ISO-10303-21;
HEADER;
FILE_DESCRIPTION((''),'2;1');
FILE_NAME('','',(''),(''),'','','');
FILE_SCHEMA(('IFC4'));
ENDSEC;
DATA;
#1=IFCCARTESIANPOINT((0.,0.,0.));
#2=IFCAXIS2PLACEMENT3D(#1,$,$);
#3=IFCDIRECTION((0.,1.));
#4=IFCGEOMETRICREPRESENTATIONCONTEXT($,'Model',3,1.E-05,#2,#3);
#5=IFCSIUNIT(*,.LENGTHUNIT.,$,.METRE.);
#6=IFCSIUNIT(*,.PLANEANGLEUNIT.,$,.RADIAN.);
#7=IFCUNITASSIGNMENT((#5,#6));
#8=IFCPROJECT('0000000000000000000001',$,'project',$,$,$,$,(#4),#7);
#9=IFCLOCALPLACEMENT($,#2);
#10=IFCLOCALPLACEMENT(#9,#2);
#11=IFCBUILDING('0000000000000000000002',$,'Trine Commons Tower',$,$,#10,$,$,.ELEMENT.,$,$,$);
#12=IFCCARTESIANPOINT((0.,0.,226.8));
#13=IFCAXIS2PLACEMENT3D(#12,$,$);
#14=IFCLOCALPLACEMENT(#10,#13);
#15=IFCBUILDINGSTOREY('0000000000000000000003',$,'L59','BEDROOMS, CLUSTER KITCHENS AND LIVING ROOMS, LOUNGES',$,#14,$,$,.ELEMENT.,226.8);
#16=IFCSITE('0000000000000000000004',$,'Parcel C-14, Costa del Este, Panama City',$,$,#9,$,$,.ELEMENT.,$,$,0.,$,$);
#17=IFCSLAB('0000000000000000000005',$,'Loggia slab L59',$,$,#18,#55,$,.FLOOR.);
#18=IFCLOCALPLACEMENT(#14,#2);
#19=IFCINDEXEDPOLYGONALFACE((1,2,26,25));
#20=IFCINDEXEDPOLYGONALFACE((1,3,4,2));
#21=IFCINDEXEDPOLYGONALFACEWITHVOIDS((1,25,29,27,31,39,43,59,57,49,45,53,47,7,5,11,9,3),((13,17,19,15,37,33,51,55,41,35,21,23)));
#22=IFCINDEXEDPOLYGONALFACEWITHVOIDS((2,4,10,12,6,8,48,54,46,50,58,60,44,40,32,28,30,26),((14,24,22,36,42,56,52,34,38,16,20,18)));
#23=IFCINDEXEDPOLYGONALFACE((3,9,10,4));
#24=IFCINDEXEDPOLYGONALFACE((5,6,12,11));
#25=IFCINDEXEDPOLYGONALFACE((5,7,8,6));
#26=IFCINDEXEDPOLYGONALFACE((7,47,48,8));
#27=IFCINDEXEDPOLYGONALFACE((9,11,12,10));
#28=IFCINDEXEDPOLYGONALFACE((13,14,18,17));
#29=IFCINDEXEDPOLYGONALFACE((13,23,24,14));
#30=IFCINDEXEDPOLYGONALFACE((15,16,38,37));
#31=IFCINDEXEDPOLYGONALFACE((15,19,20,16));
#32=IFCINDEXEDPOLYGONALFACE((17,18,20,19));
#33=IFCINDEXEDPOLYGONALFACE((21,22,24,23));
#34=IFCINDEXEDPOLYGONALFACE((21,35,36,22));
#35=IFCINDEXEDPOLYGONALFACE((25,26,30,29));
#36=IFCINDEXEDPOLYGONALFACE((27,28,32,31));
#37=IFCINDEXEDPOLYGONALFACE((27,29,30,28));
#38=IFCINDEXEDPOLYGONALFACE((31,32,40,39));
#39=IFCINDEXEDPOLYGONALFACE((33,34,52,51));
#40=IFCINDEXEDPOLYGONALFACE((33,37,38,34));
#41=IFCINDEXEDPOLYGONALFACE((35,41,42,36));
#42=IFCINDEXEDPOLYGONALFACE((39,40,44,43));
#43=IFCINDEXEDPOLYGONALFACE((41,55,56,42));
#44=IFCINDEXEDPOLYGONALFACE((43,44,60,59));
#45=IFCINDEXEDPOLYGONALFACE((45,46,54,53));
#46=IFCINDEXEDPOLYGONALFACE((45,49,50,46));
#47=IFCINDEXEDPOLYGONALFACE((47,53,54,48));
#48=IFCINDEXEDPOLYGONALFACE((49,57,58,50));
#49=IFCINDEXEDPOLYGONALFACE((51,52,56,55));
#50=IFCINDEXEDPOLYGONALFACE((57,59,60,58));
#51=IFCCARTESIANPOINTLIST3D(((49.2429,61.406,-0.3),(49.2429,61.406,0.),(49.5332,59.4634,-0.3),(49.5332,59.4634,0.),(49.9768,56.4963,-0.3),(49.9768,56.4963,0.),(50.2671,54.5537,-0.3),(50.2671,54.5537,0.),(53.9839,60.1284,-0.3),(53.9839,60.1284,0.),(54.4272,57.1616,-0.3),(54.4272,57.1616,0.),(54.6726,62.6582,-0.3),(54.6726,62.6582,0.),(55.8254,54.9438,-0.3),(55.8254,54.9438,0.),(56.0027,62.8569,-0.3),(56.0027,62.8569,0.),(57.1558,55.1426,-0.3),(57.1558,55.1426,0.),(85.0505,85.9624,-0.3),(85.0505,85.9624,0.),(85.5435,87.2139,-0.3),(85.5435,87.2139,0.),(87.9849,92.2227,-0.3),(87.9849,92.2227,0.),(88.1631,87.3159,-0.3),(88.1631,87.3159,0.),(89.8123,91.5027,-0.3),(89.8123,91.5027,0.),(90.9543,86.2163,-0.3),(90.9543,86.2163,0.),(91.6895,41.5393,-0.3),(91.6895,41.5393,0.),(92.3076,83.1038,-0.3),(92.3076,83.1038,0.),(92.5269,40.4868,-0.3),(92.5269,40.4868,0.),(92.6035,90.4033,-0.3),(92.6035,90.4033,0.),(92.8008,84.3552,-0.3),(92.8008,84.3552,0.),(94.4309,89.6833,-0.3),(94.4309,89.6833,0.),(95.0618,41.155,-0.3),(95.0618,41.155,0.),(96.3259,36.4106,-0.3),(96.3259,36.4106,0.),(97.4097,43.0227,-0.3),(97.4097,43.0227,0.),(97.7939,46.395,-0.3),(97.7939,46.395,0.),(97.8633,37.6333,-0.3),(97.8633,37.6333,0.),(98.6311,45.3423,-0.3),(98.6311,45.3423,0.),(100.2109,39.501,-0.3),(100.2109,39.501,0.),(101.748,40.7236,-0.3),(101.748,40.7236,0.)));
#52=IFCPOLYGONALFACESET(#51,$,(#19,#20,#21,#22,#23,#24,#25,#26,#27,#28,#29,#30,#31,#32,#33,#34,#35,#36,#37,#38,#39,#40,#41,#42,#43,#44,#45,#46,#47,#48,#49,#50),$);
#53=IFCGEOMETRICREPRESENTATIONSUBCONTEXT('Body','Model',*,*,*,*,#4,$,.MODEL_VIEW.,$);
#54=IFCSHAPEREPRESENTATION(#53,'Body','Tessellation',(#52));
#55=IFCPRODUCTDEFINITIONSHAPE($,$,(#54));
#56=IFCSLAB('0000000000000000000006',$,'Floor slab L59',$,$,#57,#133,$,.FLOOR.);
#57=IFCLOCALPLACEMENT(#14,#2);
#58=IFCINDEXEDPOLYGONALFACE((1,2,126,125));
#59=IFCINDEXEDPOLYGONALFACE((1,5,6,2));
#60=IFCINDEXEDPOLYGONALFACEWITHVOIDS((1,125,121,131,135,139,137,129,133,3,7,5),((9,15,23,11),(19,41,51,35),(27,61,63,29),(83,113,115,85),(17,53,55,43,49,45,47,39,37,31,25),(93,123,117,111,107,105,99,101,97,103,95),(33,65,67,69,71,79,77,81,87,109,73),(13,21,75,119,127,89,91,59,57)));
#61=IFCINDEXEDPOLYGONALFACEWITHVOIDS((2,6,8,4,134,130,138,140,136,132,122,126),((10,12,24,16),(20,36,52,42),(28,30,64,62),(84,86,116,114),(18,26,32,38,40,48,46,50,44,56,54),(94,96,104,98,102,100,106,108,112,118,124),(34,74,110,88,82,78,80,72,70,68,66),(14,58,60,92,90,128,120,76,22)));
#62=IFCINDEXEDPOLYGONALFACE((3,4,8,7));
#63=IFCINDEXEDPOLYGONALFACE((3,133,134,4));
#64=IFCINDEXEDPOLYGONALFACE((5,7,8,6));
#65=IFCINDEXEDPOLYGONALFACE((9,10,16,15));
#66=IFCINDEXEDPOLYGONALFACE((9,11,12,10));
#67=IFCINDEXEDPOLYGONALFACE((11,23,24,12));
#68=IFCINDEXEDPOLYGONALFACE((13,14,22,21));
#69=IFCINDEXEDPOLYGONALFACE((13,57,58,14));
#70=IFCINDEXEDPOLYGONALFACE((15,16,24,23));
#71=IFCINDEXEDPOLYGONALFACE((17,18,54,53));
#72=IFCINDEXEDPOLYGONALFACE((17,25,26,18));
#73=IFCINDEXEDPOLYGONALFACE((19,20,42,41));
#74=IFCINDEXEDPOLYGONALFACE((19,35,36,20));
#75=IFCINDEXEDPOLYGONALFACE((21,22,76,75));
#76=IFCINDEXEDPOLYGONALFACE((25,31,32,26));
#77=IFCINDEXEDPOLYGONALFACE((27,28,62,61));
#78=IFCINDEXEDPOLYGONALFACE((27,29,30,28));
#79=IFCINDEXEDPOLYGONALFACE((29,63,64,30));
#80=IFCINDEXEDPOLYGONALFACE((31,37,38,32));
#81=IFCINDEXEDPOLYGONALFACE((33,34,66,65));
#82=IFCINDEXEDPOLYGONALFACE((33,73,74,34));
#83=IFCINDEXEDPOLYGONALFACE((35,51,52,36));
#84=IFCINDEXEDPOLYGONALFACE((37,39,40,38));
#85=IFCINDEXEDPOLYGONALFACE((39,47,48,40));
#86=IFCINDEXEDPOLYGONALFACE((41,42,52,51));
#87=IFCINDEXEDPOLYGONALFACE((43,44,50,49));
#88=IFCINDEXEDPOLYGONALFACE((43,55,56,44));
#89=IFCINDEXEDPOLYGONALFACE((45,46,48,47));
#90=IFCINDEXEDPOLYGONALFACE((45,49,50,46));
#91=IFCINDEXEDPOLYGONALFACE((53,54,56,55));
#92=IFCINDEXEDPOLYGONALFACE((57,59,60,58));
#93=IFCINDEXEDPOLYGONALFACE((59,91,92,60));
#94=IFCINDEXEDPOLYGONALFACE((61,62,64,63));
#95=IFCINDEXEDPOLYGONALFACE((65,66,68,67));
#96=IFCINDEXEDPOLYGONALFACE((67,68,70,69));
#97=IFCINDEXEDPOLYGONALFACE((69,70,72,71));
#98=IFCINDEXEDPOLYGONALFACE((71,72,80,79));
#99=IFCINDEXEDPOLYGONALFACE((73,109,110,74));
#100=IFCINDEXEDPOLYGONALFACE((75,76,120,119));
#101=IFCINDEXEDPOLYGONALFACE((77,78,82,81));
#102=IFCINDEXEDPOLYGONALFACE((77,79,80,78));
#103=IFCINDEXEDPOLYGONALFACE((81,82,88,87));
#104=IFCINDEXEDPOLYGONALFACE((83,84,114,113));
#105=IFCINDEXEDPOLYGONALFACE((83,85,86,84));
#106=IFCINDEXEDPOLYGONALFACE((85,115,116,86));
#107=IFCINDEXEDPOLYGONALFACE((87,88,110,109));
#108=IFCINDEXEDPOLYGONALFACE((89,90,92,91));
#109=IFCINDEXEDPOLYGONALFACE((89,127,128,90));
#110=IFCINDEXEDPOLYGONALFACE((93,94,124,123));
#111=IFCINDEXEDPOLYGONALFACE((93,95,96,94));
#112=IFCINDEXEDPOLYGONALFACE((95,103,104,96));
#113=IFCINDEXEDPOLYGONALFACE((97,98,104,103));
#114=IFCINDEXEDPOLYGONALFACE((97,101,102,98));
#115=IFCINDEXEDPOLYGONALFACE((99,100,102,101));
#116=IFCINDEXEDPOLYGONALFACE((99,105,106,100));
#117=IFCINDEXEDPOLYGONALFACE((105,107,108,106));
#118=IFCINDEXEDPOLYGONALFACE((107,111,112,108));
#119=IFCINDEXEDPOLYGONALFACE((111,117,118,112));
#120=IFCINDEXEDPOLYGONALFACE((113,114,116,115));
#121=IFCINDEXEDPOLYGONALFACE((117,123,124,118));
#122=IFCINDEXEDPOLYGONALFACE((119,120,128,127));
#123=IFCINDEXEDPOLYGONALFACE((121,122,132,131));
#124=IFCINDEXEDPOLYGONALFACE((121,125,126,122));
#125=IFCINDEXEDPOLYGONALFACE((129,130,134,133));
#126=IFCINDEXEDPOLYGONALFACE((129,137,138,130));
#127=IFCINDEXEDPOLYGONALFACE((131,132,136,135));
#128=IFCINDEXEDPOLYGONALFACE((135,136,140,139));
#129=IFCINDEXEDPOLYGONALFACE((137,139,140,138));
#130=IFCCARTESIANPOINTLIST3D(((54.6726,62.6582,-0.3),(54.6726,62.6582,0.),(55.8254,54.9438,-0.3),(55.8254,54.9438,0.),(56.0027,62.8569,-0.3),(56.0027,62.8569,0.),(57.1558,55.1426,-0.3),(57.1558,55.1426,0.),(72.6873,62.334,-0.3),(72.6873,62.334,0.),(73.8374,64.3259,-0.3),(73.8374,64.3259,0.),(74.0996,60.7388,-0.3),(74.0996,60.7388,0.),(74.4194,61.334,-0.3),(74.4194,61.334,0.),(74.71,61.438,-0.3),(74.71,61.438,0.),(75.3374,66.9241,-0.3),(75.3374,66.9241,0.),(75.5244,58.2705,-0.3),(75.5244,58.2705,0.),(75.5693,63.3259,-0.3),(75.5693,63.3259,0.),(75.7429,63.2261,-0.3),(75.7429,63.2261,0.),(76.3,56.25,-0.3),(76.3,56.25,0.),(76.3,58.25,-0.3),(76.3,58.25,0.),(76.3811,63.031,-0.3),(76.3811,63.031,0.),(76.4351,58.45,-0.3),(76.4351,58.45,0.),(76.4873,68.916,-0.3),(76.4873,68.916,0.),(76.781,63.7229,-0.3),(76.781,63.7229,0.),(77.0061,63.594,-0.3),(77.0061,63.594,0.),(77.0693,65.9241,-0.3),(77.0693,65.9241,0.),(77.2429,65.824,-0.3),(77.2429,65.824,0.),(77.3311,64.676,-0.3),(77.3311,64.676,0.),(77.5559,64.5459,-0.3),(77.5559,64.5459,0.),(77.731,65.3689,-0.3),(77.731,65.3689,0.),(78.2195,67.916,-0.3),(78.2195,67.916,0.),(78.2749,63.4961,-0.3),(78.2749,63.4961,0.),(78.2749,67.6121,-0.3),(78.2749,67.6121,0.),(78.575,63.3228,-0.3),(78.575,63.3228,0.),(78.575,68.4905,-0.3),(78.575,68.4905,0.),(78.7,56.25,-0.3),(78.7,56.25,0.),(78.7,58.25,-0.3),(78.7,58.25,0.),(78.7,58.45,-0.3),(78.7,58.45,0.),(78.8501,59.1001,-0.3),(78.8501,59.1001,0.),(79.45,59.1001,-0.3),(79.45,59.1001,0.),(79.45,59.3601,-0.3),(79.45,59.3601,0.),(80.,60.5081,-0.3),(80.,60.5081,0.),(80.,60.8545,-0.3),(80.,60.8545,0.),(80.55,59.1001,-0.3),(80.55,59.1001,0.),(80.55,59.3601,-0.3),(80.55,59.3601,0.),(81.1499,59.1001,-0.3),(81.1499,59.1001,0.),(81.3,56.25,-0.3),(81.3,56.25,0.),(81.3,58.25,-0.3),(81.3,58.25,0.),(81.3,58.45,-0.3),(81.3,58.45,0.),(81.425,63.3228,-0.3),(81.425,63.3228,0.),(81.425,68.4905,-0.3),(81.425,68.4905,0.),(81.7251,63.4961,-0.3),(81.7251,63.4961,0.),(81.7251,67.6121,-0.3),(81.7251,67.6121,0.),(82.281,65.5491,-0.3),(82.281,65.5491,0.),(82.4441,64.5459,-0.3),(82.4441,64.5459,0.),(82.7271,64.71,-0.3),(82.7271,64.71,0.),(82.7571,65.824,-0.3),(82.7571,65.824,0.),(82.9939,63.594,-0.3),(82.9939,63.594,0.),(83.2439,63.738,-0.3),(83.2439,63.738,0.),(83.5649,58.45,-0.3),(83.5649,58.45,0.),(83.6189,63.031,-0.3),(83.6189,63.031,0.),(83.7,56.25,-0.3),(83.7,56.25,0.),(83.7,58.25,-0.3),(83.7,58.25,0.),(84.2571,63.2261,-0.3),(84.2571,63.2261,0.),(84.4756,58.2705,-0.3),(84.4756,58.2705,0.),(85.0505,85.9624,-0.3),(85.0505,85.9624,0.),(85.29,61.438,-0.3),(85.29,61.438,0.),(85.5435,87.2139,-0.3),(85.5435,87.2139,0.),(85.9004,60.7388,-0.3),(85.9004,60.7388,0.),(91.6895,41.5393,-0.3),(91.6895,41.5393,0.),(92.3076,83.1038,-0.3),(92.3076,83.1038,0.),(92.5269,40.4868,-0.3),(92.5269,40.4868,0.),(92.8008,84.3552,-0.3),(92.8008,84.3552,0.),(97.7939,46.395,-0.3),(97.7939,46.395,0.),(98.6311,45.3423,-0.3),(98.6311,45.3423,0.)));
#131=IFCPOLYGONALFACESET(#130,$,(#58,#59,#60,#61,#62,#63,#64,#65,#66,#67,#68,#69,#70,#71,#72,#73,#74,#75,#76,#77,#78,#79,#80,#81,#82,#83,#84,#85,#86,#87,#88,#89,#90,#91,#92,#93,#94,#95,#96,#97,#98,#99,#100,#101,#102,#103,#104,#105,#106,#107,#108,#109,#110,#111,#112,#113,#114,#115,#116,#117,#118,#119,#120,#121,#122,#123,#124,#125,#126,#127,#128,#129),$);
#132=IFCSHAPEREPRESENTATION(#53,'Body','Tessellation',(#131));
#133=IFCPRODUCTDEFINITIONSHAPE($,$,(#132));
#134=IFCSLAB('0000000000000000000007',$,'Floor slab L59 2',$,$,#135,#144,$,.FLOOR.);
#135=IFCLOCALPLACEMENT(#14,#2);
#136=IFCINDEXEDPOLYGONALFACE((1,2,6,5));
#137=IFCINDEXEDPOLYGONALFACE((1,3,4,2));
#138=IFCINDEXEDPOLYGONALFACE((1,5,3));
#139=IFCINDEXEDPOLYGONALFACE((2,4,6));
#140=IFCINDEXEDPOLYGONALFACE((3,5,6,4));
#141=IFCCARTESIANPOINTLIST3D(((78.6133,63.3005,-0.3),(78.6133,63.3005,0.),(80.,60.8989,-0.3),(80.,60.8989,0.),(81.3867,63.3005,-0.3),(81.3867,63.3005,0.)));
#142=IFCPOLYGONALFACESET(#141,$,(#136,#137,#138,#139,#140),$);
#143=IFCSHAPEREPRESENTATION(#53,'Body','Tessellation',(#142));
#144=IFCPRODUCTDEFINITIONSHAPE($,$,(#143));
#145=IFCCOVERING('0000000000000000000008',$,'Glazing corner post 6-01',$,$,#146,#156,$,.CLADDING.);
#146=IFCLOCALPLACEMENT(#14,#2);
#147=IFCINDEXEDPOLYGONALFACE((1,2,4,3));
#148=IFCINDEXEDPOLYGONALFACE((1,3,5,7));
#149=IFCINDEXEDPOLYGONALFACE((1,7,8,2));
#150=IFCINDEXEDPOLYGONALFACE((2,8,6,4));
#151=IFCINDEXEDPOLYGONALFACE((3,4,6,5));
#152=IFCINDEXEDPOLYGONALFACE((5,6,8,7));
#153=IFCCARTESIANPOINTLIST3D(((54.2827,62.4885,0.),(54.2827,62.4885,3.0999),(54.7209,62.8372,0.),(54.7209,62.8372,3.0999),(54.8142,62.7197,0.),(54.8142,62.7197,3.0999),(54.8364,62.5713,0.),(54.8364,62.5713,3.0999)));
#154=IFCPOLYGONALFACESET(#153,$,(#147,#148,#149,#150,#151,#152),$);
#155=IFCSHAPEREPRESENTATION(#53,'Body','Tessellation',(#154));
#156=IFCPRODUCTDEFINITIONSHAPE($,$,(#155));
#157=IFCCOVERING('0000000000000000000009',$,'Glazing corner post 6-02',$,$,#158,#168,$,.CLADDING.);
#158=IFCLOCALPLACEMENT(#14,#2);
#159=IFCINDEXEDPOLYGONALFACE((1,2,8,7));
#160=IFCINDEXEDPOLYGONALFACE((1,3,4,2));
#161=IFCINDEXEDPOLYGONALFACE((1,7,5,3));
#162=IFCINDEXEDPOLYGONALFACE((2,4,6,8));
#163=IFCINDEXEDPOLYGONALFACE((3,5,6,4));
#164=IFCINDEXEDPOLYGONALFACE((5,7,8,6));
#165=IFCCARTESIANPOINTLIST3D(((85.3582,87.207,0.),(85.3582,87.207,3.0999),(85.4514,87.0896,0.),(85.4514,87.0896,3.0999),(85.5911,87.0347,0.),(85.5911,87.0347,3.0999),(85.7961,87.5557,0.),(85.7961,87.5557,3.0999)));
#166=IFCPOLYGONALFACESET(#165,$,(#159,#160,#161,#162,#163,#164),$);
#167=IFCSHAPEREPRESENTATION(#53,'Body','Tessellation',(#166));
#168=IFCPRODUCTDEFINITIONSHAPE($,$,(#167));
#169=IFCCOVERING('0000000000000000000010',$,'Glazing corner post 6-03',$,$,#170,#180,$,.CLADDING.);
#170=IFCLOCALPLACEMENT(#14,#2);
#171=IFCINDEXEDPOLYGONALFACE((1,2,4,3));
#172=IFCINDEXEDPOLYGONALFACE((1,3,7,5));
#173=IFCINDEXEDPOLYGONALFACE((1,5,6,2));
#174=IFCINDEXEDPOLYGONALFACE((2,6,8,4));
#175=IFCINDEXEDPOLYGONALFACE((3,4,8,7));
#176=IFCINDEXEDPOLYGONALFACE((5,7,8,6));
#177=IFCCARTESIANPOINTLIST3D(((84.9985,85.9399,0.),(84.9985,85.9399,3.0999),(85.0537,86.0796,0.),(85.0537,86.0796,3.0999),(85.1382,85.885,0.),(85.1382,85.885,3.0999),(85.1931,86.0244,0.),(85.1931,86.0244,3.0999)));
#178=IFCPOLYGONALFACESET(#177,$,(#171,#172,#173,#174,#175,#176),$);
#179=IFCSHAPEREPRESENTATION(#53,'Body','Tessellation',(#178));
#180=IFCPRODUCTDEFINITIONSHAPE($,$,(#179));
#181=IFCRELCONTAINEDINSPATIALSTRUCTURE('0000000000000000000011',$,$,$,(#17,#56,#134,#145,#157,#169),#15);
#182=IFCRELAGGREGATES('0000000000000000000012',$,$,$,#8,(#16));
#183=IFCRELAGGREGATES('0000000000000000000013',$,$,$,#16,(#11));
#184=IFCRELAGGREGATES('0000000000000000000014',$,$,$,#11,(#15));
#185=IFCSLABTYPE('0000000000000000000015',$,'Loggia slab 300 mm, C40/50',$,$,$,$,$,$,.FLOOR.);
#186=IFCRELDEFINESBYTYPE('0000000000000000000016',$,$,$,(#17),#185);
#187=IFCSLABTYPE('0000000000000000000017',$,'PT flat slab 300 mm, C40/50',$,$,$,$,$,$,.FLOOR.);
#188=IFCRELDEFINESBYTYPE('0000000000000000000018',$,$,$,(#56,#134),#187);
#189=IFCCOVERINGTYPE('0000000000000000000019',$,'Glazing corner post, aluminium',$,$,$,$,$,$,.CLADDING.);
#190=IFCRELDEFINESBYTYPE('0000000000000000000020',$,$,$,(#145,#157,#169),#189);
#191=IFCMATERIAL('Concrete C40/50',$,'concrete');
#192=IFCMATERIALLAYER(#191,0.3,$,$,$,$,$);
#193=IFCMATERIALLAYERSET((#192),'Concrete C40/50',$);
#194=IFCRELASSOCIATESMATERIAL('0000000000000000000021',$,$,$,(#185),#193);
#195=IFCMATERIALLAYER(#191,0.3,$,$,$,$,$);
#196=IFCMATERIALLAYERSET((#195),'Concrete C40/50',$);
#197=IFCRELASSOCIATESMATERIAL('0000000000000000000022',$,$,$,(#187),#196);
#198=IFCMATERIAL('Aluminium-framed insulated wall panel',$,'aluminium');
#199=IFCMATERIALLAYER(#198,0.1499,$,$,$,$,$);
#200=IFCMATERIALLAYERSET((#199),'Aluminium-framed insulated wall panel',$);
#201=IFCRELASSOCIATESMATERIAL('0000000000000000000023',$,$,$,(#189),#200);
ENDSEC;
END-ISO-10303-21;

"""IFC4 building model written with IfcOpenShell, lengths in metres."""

from ifc_helpers import new_model, si_unit, direction, frame, origin, place, context, subcontext, project, spatial, polyline, outline, extrude, material, layer, layer_set, type_object, element, save


model = new_model("IFC4")

# Units and contexts
model_context = context("Model", 3, precision=1e-05, world=origin(), true_north=direction((0.0, 1.0)))
body_context = subcontext(model_context, "Body", "Model", "MODEL_VIEW")
ifc_project = project(units=[si_unit("LENGTHUNIT", "METRE"), si_unit("PLANEANGLEUNIT", "RADIAN")], contexts=[model_context])

# Site, building, storey
site_placement = place(None, origin())
site = spatial("IfcSite", under=ifc_project, at=site_placement, Name="Parcel C-14, Costa del Este, Panama City", CompositionType="ELEMENT", RefElevation=0.0)
building_placement = place(site_placement, origin())
building = spatial("IfcBuilding", under=site, at=building_placement, Name="Trine Commons Tower", CompositionType="ELEMENT")
storey_placement = place(building_placement, frame((0.0, 0.0, 226.8)))
storey = spatial("IfcBuildingStorey", under=building, at=storey_placement, Name="L59", Description="BEDROOMS, CLUSTER KITCHENS AND LIVING ROOMS, LOUNGES", CompositionType="ELEMENT", Elevation=226.8)

# Slabs
ifc_material_1 = material(Name="Concrete C40/50", Category="concrete")
ifc_layer_1 = layer(ifc_material_1, 0.3)
ifc_layer_set_1 = layer_set([ifc_layer_1], Name="Concrete C40/50")
slab_type_1 = type_object("IfcSlabType", Name="Loggia slab 300 mm, C40/50", PredefinedType="FLOOR", material=ifc_layer_set_1)
slab_1_placement = place(storey_placement, frame((0.0, 0.0, -0.3)))
element("IfcSlab", 1, at=slab_1_placement, inside=storey, type_object=slab_type_1, Name="Loggia slab L59", PredefinedType="FLOOR", context=body_context, shape_type="SweptSolid", body=[
    extrude(outline(polyline([(101.748, 40.7236), (94.4309, 89.6833), (92.6035, 90.4033), (90.9543, 86.2163), (88.1631, 87.3159), (89.8123, 91.5027), (87.9849, 92.2227), (49.2429, 61.406), (49.5332, 59.4634), (53.9839, 60.1284), (54.4272, 57.1616), (49.9768, 56.4963), (50.2671, 54.5537), (96.3259, 36.4106), (97.8633, 37.6333), (95.0618, 41.155), (97.4097, 43.0227), (100.2109, 39.501), (101.748, 40.7236)]), holes=[polyline([(56.0027, 62.8569), (57.1558, 55.1426), (55.8254, 54.9438), (92.5269, 40.4868), (91.6895, 41.5393), (97.7939, 46.395), (98.6311, 45.3423), (92.8008, 84.3552), (92.3076, 83.1038), (85.0505, 85.9624), (85.5435, 87.2139), (54.6726, 62.6582), (56.0027, 62.8569)])]), origin(), (0.0, 0.0, 1.0), 0.3),
])
ifc_layer_2 = layer(ifc_material_1, 0.3)
ifc_layer_set_2 = layer_set([ifc_layer_2], Name="Concrete C40/50")
slab_type_2 = type_object("IfcSlabType", Name="PT flat slab 300 mm, C40/50", PredefinedType="FLOOR", material=ifc_layer_set_2)
slab_2_placement = place(storey_placement, frame((0.0, 0.0, -0.3)))
element("IfcSlab", 2, at=slab_2_placement, inside=storey, type_object=slab_type_2, Name="Floor slab L59", PredefinedType="FLOOR", context=body_context, shape_type="SweptSolid", body=[
    extrude(outline(polyline([(54.6726, 62.6582), (56.0027, 62.8569), (57.1558, 55.1426), (55.8254, 54.9438), (92.5269, 40.4868), (91.6895, 41.5393), (97.7939, 46.395), (98.6311, 45.3423), (92.8008, 84.3552), (92.3076, 83.1038), (85.0505, 85.9624), (85.5435, 87.2139), (54.6726, 62.6582)]), holes=[polyline([(78.7, 56.25), (78.7, 58.25), (76.3, 58.25), (76.3, 56.25), (78.7, 56.25)]), polyline([(83.7, 56.25), (83.7, 58.25), (81.3, 58.25), (81.3, 56.25), (83.7, 56.25)]), polyline([(81.3, 58.45), (83.5649, 58.45), (80.0, 60.5081), (76.4351, 58.45), (78.7, 58.45), (78.8501, 59.1001), (79.45, 59.1001), (79.45, 59.3601), (80.55, 59.3601), (80.55, 59.1001), (81.1499, 59.1001), (81.3, 58.45)]), polyline([(81.425, 63.3228), (81.425, 68.4905), (78.575, 68.4905), (78.575, 63.3228), (74.0996, 60.7388), (75.5244, 58.2705), (80.0, 60.8545), (84.4756, 58.2705), (85.9004, 60.7388), (81.425, 63.3228)]), polyline([(72.6873, 62.334), (74.4194, 61.334), (75.5693, 63.3259), (73.8374, 64.3259), (72.6873, 62.334)]), polyline([(76.3811, 63.031), (75.7429, 63.2261), (74.71, 61.438), (78.2749, 63.4961), (78.2749, 67.6121), (77.2429, 65.824), (77.731, 65.3689), (77.3311, 64.676), (77.5559, 64.5459), (77.0061, 63.594), (76.781, 63.7229), (76.3811, 63.031)]), polyline([(82.9939, 63.594), (82.4441, 64.5459), (82.7271, 64.71), (82.281, 65.5491), (82.7571, 65.824), (81.7251, 67.6121), (81.7251, 63.4961), (85.29, 61.438), (84.2571, 63.2261), (83.6189, 63.031), (83.2439, 63.738), (82.9939, 63.594)]), polyline([(76.4873, 68.916), (75.3374, 66.9241), (77.0693, 65.9241), (78.2195, 67.916), (76.4873, 68.916)])]), origin(), (0.0, 0.0, 1.0), 0.3),
])
slab_3_placement = place(storey_placement, frame((0.0, 0.0, -0.3)))
element("IfcSlab", 3, at=slab_3_placement, inside=storey, type_object=slab_type_2, Name="Floor slab L59 2", PredefinedType="FLOOR", context=body_context, shape_type="SweptSolid", body=[
    extrude(outline(polyline([(81.3867, 63.3005), (78.6133, 63.3005), (80.0, 60.8989), (81.3867, 63.3005)])), origin(), (0.0, 0.0, 1.0), 0.3),
])

# Coverings
ifc_material_2 = material(Name="Aluminium-framed insulated wall panel", Category="aluminium")
ifc_layer_3 = layer(ifc_material_2, 0.1499)
ifc_layer_set_3 = layer_set([ifc_layer_3], Name="Aluminium-framed insulated wall panel")
covering_type_1 = type_object("IfcCoveringType", Name="Glazing corner post, aluminium", PredefinedType="CLADDING", material=ifc_layer_set_3)
covering_1_placement = place(storey_placement, origin())
element("IfcCovering", 4, at=covering_1_placement, inside=storey, type_object=covering_type_1, Name="Glazing corner post 6-01", PredefinedType="CLADDING", context=body_context, shape_type="SweptSolid", body=[
    extrude(outline(polyline([(54.8364, 62.5713), (54.8142, 62.7197), (54.7209, 62.8372), (54.2827, 62.4885), (54.8364, 62.5713)])), origin(), (0.0, 0.0, 1.0), 3.0999),
])
covering_2_placement = place(storey_placement, origin())
element("IfcCovering", 5, at=covering_2_placement, inside=storey, type_object=covering_type_1, Name="Glazing corner post 6-02", PredefinedType="CLADDING", context=body_context, shape_type="SweptSolid", body=[
    extrude(outline(polyline([(85.4514, 87.0896), (85.4514, 87.0896), (85.5911, 87.0347), (85.7961, 87.5557), (85.3582, 87.207), (85.4514, 87.0896)])), origin(), (0.0, 0.0, 1.0), 3.0999),
])
covering_3_placement = place(storey_placement, origin())
element("IfcCovering", 6, at=covering_3_placement, inside=storey, type_object=covering_type_1, Name="Glazing corner post 6-03", PredefinedType="CLADDING", context=body_context, shape_type="SweptSolid", body=[
    extrude(outline(polyline([(85.1382, 85.885), (85.1931, 86.0244), (85.0537, 86.0796), (84.9985, 85.9399), (85.1382, 85.885)])), origin(), (0.0, 0.0, 1.0), 3.0999),
])

save(model, "model.ifc")
